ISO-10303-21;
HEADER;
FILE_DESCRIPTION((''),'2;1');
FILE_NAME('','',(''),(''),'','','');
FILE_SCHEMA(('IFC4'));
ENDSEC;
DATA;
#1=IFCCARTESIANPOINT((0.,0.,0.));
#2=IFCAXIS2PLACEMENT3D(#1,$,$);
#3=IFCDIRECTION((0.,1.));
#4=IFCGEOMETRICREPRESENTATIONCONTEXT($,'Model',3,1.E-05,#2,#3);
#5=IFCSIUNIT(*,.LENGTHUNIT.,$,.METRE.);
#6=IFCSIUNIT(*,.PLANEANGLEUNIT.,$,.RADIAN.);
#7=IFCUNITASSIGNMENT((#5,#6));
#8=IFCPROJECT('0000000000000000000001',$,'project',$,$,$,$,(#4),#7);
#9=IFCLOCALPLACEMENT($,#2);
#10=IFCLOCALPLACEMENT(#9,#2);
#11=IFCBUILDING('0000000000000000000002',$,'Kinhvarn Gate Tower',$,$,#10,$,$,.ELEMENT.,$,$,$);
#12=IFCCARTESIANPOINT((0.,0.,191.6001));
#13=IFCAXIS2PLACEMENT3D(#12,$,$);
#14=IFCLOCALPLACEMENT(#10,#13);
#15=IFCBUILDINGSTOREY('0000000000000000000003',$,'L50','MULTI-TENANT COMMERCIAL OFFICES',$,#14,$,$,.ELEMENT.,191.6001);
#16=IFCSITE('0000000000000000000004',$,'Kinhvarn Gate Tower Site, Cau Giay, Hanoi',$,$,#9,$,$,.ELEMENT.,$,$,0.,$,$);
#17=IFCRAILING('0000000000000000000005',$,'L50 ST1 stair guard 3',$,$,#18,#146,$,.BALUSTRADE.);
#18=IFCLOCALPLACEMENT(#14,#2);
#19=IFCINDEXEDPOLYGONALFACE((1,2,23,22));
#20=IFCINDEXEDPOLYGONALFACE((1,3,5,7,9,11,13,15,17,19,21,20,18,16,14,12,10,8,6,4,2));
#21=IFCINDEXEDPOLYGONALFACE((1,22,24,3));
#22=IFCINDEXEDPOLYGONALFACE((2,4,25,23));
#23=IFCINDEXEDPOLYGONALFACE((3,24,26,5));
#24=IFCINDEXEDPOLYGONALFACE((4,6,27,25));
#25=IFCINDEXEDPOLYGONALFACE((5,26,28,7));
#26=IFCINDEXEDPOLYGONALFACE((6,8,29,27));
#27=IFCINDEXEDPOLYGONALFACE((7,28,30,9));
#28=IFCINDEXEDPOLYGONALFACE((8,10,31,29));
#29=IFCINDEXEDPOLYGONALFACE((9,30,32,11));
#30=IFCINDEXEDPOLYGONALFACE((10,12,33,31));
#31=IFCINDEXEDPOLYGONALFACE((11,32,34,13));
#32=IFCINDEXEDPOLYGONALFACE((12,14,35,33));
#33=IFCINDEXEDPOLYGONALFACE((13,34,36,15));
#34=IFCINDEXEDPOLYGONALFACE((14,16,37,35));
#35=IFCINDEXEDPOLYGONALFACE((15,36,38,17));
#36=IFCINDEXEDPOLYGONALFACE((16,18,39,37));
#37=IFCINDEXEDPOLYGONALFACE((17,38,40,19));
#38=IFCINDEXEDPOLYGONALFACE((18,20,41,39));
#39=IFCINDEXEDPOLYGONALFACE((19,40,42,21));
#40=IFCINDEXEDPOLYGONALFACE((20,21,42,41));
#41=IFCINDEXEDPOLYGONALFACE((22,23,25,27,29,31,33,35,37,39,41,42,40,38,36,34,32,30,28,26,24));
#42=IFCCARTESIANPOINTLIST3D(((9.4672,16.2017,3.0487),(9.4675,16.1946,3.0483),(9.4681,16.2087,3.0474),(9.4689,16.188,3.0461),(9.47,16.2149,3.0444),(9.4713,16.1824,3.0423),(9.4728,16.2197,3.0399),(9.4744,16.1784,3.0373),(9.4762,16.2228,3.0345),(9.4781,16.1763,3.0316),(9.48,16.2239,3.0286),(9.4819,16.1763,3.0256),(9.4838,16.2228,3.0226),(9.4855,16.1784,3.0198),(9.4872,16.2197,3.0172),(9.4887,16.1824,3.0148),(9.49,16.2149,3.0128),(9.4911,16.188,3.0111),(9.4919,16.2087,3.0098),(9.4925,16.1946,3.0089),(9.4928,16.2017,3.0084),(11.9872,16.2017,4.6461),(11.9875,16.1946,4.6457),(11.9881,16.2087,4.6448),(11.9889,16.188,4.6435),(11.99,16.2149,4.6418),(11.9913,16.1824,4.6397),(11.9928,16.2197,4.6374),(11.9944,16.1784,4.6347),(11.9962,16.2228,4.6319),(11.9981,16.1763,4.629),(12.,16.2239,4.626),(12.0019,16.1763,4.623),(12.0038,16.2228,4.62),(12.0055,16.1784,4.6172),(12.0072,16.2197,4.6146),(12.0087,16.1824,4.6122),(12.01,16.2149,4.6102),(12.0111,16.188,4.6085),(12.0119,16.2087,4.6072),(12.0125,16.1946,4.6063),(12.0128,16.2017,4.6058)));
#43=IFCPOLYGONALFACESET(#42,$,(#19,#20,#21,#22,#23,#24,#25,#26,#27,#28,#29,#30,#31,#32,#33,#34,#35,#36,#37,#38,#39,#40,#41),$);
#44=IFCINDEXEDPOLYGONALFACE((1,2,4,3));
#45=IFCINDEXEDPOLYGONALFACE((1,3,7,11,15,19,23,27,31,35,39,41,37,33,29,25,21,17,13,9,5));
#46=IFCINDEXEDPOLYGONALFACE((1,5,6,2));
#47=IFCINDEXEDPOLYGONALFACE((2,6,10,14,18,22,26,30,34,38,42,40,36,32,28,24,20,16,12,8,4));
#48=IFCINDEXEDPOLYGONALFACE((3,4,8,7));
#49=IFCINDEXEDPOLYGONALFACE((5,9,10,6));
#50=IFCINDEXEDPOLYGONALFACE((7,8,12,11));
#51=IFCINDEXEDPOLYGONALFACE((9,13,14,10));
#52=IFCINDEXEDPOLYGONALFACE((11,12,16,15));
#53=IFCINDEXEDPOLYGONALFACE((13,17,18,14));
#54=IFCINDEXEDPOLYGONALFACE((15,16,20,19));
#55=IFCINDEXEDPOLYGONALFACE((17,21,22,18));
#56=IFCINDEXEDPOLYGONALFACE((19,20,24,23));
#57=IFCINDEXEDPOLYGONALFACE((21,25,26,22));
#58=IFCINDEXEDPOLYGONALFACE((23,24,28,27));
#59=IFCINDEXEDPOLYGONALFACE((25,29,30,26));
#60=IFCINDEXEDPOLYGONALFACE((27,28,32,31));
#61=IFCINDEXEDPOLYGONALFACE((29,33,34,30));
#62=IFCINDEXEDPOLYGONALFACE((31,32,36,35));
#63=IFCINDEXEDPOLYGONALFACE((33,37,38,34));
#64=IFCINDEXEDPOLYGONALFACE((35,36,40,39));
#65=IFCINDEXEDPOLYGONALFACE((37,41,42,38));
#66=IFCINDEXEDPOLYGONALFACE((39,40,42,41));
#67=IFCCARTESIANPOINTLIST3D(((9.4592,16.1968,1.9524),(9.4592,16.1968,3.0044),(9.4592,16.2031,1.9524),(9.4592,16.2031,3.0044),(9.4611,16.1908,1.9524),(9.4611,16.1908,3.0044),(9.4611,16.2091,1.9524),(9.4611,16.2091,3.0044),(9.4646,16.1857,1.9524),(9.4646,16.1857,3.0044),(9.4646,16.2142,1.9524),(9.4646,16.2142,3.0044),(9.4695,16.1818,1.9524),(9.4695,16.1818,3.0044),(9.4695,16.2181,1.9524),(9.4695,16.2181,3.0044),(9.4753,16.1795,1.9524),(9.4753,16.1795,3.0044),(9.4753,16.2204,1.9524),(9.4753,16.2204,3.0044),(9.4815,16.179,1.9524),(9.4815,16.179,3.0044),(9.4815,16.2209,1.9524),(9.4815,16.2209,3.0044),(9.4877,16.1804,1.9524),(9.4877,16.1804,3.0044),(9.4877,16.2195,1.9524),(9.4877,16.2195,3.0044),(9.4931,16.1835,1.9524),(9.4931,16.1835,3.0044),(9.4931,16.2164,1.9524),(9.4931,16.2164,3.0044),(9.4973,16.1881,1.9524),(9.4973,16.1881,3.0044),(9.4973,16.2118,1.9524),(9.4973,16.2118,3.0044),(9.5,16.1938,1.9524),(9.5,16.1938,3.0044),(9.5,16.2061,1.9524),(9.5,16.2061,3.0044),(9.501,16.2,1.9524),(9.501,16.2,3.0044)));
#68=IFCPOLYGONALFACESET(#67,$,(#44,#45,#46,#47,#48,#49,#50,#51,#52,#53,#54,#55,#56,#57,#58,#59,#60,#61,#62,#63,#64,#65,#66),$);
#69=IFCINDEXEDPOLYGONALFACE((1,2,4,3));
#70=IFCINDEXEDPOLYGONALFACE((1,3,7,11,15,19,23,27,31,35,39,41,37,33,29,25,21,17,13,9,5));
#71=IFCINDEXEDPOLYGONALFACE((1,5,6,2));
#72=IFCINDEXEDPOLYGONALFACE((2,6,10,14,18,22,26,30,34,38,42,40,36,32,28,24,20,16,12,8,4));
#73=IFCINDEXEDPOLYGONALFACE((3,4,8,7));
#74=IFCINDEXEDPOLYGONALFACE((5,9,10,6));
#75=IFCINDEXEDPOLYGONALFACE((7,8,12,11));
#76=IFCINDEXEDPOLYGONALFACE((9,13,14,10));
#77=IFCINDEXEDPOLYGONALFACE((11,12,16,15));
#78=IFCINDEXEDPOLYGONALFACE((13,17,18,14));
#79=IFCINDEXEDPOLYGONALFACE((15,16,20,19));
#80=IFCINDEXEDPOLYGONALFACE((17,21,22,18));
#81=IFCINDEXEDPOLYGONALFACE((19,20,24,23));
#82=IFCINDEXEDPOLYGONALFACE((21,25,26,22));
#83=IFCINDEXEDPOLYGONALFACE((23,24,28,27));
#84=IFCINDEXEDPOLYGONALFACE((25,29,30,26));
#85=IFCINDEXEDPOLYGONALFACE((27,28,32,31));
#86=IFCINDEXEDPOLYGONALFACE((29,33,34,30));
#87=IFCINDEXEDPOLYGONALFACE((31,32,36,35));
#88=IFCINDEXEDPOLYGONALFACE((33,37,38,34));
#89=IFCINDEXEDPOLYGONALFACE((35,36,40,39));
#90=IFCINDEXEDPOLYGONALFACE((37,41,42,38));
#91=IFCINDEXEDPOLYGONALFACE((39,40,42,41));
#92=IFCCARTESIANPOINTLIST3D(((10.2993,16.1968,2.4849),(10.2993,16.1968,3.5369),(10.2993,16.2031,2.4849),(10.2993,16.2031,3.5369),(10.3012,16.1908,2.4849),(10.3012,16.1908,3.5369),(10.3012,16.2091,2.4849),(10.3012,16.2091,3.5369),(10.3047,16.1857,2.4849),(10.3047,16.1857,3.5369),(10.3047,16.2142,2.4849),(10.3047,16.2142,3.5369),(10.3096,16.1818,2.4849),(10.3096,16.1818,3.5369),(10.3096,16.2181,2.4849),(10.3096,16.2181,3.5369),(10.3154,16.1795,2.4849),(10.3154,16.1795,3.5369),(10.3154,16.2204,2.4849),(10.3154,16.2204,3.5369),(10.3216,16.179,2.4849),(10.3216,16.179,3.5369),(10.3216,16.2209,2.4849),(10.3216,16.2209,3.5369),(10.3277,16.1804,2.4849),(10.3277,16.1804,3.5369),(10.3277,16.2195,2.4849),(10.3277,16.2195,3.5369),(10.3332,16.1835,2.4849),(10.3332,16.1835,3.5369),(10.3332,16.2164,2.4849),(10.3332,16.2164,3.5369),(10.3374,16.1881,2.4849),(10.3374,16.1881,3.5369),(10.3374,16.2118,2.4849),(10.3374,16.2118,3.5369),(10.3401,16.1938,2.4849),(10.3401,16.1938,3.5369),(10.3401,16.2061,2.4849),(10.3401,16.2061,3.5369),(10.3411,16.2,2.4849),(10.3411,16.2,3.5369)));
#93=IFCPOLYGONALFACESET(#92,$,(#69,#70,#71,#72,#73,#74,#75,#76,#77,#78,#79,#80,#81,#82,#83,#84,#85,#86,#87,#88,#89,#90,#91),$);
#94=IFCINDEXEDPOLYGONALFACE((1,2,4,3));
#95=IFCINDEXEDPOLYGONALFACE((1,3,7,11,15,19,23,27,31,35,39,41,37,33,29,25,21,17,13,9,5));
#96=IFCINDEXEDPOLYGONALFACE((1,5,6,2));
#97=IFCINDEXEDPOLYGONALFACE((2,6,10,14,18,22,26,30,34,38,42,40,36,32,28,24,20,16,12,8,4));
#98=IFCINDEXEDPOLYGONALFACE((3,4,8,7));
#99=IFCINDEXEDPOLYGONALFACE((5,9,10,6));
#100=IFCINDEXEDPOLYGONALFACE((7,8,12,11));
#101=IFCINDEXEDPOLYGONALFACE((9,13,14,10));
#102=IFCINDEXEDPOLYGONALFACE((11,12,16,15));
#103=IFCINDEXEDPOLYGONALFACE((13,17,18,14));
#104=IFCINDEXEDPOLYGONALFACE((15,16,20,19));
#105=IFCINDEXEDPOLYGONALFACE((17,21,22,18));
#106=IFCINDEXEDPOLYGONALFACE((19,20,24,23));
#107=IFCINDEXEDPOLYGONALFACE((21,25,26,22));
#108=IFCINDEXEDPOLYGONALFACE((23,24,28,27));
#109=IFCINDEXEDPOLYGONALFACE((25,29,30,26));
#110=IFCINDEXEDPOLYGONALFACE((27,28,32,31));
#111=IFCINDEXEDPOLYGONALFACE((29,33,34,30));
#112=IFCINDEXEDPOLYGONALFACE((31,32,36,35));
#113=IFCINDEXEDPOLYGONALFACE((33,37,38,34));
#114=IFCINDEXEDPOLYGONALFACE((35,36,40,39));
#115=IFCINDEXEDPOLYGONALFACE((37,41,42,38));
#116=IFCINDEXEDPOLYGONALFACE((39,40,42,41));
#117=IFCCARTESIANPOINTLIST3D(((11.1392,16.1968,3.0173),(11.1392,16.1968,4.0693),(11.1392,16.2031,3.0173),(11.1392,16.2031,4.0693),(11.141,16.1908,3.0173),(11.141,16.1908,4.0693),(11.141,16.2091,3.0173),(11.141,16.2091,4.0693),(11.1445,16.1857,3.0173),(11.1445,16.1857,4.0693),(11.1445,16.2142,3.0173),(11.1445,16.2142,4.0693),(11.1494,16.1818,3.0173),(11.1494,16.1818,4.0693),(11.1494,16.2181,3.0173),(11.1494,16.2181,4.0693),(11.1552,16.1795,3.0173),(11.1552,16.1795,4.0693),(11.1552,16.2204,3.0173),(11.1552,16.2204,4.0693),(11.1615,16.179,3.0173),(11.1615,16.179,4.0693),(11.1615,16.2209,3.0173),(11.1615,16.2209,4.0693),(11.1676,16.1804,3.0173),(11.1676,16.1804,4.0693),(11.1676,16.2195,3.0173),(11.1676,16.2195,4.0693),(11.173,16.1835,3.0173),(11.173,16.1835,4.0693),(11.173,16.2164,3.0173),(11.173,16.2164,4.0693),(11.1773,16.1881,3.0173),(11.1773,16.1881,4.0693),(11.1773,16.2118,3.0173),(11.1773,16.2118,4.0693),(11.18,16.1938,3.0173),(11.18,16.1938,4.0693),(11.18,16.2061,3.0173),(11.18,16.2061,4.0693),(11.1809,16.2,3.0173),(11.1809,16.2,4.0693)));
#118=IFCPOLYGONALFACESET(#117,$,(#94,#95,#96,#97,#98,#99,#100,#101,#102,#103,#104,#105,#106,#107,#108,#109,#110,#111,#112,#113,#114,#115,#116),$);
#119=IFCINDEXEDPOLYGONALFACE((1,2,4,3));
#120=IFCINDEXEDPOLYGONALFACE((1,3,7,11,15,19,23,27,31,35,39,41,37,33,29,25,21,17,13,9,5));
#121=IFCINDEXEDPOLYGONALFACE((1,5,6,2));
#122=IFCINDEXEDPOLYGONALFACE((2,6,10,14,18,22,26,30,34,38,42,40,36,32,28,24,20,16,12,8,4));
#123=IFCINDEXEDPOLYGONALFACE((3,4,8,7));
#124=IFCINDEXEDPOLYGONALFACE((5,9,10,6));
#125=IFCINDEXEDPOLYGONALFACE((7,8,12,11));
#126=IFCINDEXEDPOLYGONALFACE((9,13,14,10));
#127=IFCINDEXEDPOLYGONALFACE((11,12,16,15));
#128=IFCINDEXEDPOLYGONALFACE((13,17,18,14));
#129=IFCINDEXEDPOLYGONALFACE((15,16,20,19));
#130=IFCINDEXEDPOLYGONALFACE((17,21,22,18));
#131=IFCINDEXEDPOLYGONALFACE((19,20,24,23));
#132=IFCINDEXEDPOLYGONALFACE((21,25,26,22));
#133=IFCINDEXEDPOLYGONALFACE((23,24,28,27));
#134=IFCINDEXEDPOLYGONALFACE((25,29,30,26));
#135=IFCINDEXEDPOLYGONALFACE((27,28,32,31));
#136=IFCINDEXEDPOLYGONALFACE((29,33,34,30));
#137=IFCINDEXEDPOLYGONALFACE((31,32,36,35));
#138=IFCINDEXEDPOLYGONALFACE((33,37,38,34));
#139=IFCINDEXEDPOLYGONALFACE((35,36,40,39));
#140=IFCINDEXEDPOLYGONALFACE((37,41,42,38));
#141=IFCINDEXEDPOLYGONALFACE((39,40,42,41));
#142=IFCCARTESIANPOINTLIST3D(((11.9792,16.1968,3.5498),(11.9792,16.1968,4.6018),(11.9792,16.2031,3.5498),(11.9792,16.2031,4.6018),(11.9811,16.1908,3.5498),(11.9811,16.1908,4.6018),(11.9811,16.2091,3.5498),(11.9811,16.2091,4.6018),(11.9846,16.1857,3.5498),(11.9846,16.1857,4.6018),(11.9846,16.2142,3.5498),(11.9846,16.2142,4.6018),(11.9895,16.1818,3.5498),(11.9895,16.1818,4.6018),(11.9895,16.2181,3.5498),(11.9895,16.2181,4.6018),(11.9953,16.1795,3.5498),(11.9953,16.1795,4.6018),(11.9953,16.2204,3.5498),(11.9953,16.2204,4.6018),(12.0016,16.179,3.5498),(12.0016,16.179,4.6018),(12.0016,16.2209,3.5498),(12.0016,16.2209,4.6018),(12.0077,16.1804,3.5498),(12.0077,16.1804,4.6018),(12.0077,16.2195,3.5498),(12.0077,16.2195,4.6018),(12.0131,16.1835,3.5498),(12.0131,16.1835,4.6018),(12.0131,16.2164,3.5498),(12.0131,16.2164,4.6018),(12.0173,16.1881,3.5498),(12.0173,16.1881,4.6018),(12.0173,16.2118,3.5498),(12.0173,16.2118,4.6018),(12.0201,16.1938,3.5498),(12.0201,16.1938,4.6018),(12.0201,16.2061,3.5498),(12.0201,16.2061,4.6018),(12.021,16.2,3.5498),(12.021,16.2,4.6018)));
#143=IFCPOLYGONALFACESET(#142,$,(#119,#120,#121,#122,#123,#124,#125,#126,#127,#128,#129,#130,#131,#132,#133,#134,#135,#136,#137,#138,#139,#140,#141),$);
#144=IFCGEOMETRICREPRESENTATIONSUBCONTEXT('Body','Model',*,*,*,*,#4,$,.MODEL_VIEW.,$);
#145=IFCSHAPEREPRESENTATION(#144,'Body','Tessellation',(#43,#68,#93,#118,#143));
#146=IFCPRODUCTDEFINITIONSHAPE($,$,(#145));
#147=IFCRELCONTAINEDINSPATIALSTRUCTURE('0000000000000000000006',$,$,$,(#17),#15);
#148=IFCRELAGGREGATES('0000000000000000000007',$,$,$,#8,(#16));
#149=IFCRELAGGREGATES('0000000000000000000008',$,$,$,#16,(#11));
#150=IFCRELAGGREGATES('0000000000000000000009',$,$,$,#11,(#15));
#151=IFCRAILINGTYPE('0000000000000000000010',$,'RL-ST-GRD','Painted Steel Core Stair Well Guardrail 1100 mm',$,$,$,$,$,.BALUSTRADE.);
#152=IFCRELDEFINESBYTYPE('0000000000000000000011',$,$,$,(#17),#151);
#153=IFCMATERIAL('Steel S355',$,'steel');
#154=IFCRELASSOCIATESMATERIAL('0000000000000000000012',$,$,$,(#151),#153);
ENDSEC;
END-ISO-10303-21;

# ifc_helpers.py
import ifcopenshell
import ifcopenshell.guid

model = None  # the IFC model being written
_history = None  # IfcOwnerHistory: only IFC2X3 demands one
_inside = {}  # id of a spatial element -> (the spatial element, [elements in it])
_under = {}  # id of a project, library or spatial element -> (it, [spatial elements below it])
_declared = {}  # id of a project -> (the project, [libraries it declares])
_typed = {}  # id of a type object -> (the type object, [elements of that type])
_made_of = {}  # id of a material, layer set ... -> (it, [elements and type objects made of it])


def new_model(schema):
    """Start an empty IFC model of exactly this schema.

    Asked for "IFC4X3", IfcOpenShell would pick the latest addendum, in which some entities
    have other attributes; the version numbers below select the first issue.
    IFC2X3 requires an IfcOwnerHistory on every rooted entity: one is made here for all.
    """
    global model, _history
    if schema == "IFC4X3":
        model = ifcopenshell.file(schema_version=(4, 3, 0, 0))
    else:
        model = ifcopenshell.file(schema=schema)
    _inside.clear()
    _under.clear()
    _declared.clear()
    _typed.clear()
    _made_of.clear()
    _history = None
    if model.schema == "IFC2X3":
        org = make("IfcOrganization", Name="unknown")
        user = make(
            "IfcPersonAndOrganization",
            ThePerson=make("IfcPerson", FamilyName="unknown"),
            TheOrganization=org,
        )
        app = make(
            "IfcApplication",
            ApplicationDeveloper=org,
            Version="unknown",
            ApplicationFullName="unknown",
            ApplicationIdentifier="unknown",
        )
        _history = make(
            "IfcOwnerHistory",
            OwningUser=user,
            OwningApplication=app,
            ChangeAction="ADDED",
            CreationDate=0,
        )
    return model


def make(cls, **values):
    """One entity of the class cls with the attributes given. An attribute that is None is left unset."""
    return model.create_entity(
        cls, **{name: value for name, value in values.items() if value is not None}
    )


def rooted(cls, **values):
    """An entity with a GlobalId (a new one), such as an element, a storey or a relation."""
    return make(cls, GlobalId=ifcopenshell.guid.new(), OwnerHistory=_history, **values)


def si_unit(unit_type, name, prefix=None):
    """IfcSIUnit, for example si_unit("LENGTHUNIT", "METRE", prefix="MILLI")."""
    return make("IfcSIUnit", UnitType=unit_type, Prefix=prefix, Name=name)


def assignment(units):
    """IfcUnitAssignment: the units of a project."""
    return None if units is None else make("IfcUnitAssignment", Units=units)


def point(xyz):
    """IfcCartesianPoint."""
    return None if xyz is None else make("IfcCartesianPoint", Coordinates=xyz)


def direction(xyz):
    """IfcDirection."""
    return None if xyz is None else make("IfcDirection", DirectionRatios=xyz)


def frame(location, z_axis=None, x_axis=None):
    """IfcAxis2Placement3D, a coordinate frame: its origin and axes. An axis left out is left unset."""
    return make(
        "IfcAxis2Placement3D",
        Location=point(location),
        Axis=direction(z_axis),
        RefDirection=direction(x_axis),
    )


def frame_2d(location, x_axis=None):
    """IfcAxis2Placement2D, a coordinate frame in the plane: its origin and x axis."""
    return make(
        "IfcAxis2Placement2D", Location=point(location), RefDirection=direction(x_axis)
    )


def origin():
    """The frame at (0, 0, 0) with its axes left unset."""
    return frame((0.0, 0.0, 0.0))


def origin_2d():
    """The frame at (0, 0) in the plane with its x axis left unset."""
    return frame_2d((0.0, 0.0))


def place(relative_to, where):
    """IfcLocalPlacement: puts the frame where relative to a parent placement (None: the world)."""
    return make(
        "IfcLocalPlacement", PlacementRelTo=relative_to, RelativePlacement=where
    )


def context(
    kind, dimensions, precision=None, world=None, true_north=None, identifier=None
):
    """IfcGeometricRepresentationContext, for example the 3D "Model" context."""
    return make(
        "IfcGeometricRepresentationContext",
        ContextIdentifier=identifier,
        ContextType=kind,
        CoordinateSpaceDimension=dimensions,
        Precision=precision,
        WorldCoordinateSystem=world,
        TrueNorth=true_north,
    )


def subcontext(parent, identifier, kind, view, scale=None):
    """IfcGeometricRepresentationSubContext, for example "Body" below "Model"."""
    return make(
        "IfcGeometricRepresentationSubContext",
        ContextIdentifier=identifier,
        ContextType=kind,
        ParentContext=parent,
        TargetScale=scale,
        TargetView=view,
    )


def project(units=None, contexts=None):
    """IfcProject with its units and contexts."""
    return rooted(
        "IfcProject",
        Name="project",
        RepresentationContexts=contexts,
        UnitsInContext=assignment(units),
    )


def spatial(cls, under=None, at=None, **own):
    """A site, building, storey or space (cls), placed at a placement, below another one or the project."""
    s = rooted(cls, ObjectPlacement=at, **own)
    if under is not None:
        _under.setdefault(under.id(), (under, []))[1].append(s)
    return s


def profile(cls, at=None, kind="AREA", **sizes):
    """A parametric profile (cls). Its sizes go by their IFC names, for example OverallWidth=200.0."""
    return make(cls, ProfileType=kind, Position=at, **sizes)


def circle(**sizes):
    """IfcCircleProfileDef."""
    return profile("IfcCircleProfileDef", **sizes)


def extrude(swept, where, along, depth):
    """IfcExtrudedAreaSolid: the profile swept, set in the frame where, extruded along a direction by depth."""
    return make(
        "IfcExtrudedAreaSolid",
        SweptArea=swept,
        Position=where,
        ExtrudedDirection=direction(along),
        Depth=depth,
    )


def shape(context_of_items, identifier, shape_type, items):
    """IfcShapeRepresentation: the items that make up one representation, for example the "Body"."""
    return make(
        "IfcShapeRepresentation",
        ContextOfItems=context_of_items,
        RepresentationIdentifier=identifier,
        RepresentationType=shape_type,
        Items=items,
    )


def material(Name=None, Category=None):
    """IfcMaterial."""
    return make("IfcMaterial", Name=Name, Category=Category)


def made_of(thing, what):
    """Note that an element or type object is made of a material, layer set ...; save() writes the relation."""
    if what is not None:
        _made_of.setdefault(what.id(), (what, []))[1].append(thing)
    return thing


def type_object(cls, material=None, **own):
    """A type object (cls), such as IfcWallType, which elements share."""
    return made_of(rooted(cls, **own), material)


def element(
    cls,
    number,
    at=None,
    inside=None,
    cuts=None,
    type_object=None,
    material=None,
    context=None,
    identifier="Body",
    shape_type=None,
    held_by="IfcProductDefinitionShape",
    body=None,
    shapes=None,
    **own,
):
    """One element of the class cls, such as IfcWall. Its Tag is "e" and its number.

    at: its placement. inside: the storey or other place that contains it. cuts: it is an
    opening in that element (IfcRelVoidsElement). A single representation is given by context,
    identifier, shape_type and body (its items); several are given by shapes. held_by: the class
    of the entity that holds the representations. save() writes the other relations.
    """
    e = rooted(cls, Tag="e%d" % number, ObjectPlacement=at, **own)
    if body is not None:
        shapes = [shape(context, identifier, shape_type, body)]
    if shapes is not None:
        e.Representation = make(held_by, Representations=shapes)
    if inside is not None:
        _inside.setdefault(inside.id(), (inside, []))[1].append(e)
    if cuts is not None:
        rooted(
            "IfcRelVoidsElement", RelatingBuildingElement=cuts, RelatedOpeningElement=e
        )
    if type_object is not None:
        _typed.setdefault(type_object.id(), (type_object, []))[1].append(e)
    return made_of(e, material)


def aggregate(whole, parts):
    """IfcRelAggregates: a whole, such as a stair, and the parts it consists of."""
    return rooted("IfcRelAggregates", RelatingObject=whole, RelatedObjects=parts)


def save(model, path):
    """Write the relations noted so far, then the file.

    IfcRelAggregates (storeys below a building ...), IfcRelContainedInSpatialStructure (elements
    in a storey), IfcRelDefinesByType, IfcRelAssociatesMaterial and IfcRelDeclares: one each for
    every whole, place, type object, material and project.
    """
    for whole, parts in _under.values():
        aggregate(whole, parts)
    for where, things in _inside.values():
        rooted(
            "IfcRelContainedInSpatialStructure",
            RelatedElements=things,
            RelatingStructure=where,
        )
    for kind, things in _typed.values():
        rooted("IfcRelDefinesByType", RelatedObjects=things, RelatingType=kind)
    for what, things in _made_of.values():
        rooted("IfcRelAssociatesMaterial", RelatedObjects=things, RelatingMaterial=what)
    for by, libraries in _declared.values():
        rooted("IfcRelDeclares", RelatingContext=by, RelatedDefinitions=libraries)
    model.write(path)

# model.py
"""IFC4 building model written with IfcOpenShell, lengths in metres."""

from ifc_helpers import new_model, si_unit, direction, frame, origin, origin_2d, place, context, subcontext, project, spatial, circle, extrude, material, type_object, element, save


model = new_model("IFC4")

# Units and contexts
model_context = context("Model", 3, precision=1e-05, world=origin(), true_north=direction((0.0, 1.0)))
body_context = subcontext(model_context, "Body", "Model", "MODEL_VIEW")
ifc_project = project(units=[si_unit("LENGTHUNIT", "METRE"), si_unit("PLANEANGLEUNIT", "RADIAN")], contexts=[model_context])

# Site, building, storey
site_placement = place(None, origin())
site = spatial("IfcSite", under=ifc_project, at=site_placement, Name="Kinhvarn Gate Tower Site, Cau Giay, Hanoi", CompositionType="ELEMENT", RefElevation=0.0)
building_placement = place(site_placement, origin())
building = spatial("IfcBuilding", under=site, at=building_placement, Name="Kinhvarn Gate Tower", CompositionType="ELEMENT")
storey_placement = place(building_placement, frame((0.0, 0.0, 191.6001)))
storey = spatial("IfcBuildingStorey", under=building, at=storey_placement, Name="L50", Description="MULTI-TENANT COMMERCIAL OFFICES", CompositionType="ELEMENT", Elevation=191.6001)

# Shared definitions
ifc_material_1 = material(Name="Steel S355", Category="steel")

# Railing
railing_type_1 = type_object("IfcRailingType", Name="RL-ST-GRD", Description="Painted Steel Core Stair Well Guardrail 1100 mm", PredefinedType="BALUSTRADE", material=ifc_material_1)
railing_1_placement = place(storey_placement, frame((9.48, 16.2, 1.9524)))
element("IfcRailing", 1, at=railing_1_placement, inside=storey, type_object=railing_type_1, Name="L50 ST1 stair guard 3", PredefinedType="BALUSTRADE", context=body_context, shape_type="SweptSolid", body=[
    extrude(circle(Radius=0.0239, at=origin_2d()), frame((0.0, 0.0, 1.0762), z_axis=(0.844607, 0.0, 0.535387), x_axis=(0.0, 1.0, 0.0)), (0.0, 0.0, 1.0), 2.9836),
    extrude(circle(Radius=0.021, at=origin_2d()), origin(), (0.0, 0.0, 1.0), 1.052),
    extrude(circle(Radius=0.021, at=origin_2d()), frame((0.8401, 0.0, 0.5325)), (0.0, 0.0, 1.0), 1.052),
    extrude(circle(Radius=0.021, at=origin_2d()), frame((1.6799, 0.0, 1.0649)), (0.0, 0.0, 1.0), 1.052),
    extrude(circle(Radius=0.021, at=origin_2d()), frame((2.52, 0.0, 1.5974)), (0.0, 0.0, 1.0), 1.052),
])

save(model, "model.ifc")
